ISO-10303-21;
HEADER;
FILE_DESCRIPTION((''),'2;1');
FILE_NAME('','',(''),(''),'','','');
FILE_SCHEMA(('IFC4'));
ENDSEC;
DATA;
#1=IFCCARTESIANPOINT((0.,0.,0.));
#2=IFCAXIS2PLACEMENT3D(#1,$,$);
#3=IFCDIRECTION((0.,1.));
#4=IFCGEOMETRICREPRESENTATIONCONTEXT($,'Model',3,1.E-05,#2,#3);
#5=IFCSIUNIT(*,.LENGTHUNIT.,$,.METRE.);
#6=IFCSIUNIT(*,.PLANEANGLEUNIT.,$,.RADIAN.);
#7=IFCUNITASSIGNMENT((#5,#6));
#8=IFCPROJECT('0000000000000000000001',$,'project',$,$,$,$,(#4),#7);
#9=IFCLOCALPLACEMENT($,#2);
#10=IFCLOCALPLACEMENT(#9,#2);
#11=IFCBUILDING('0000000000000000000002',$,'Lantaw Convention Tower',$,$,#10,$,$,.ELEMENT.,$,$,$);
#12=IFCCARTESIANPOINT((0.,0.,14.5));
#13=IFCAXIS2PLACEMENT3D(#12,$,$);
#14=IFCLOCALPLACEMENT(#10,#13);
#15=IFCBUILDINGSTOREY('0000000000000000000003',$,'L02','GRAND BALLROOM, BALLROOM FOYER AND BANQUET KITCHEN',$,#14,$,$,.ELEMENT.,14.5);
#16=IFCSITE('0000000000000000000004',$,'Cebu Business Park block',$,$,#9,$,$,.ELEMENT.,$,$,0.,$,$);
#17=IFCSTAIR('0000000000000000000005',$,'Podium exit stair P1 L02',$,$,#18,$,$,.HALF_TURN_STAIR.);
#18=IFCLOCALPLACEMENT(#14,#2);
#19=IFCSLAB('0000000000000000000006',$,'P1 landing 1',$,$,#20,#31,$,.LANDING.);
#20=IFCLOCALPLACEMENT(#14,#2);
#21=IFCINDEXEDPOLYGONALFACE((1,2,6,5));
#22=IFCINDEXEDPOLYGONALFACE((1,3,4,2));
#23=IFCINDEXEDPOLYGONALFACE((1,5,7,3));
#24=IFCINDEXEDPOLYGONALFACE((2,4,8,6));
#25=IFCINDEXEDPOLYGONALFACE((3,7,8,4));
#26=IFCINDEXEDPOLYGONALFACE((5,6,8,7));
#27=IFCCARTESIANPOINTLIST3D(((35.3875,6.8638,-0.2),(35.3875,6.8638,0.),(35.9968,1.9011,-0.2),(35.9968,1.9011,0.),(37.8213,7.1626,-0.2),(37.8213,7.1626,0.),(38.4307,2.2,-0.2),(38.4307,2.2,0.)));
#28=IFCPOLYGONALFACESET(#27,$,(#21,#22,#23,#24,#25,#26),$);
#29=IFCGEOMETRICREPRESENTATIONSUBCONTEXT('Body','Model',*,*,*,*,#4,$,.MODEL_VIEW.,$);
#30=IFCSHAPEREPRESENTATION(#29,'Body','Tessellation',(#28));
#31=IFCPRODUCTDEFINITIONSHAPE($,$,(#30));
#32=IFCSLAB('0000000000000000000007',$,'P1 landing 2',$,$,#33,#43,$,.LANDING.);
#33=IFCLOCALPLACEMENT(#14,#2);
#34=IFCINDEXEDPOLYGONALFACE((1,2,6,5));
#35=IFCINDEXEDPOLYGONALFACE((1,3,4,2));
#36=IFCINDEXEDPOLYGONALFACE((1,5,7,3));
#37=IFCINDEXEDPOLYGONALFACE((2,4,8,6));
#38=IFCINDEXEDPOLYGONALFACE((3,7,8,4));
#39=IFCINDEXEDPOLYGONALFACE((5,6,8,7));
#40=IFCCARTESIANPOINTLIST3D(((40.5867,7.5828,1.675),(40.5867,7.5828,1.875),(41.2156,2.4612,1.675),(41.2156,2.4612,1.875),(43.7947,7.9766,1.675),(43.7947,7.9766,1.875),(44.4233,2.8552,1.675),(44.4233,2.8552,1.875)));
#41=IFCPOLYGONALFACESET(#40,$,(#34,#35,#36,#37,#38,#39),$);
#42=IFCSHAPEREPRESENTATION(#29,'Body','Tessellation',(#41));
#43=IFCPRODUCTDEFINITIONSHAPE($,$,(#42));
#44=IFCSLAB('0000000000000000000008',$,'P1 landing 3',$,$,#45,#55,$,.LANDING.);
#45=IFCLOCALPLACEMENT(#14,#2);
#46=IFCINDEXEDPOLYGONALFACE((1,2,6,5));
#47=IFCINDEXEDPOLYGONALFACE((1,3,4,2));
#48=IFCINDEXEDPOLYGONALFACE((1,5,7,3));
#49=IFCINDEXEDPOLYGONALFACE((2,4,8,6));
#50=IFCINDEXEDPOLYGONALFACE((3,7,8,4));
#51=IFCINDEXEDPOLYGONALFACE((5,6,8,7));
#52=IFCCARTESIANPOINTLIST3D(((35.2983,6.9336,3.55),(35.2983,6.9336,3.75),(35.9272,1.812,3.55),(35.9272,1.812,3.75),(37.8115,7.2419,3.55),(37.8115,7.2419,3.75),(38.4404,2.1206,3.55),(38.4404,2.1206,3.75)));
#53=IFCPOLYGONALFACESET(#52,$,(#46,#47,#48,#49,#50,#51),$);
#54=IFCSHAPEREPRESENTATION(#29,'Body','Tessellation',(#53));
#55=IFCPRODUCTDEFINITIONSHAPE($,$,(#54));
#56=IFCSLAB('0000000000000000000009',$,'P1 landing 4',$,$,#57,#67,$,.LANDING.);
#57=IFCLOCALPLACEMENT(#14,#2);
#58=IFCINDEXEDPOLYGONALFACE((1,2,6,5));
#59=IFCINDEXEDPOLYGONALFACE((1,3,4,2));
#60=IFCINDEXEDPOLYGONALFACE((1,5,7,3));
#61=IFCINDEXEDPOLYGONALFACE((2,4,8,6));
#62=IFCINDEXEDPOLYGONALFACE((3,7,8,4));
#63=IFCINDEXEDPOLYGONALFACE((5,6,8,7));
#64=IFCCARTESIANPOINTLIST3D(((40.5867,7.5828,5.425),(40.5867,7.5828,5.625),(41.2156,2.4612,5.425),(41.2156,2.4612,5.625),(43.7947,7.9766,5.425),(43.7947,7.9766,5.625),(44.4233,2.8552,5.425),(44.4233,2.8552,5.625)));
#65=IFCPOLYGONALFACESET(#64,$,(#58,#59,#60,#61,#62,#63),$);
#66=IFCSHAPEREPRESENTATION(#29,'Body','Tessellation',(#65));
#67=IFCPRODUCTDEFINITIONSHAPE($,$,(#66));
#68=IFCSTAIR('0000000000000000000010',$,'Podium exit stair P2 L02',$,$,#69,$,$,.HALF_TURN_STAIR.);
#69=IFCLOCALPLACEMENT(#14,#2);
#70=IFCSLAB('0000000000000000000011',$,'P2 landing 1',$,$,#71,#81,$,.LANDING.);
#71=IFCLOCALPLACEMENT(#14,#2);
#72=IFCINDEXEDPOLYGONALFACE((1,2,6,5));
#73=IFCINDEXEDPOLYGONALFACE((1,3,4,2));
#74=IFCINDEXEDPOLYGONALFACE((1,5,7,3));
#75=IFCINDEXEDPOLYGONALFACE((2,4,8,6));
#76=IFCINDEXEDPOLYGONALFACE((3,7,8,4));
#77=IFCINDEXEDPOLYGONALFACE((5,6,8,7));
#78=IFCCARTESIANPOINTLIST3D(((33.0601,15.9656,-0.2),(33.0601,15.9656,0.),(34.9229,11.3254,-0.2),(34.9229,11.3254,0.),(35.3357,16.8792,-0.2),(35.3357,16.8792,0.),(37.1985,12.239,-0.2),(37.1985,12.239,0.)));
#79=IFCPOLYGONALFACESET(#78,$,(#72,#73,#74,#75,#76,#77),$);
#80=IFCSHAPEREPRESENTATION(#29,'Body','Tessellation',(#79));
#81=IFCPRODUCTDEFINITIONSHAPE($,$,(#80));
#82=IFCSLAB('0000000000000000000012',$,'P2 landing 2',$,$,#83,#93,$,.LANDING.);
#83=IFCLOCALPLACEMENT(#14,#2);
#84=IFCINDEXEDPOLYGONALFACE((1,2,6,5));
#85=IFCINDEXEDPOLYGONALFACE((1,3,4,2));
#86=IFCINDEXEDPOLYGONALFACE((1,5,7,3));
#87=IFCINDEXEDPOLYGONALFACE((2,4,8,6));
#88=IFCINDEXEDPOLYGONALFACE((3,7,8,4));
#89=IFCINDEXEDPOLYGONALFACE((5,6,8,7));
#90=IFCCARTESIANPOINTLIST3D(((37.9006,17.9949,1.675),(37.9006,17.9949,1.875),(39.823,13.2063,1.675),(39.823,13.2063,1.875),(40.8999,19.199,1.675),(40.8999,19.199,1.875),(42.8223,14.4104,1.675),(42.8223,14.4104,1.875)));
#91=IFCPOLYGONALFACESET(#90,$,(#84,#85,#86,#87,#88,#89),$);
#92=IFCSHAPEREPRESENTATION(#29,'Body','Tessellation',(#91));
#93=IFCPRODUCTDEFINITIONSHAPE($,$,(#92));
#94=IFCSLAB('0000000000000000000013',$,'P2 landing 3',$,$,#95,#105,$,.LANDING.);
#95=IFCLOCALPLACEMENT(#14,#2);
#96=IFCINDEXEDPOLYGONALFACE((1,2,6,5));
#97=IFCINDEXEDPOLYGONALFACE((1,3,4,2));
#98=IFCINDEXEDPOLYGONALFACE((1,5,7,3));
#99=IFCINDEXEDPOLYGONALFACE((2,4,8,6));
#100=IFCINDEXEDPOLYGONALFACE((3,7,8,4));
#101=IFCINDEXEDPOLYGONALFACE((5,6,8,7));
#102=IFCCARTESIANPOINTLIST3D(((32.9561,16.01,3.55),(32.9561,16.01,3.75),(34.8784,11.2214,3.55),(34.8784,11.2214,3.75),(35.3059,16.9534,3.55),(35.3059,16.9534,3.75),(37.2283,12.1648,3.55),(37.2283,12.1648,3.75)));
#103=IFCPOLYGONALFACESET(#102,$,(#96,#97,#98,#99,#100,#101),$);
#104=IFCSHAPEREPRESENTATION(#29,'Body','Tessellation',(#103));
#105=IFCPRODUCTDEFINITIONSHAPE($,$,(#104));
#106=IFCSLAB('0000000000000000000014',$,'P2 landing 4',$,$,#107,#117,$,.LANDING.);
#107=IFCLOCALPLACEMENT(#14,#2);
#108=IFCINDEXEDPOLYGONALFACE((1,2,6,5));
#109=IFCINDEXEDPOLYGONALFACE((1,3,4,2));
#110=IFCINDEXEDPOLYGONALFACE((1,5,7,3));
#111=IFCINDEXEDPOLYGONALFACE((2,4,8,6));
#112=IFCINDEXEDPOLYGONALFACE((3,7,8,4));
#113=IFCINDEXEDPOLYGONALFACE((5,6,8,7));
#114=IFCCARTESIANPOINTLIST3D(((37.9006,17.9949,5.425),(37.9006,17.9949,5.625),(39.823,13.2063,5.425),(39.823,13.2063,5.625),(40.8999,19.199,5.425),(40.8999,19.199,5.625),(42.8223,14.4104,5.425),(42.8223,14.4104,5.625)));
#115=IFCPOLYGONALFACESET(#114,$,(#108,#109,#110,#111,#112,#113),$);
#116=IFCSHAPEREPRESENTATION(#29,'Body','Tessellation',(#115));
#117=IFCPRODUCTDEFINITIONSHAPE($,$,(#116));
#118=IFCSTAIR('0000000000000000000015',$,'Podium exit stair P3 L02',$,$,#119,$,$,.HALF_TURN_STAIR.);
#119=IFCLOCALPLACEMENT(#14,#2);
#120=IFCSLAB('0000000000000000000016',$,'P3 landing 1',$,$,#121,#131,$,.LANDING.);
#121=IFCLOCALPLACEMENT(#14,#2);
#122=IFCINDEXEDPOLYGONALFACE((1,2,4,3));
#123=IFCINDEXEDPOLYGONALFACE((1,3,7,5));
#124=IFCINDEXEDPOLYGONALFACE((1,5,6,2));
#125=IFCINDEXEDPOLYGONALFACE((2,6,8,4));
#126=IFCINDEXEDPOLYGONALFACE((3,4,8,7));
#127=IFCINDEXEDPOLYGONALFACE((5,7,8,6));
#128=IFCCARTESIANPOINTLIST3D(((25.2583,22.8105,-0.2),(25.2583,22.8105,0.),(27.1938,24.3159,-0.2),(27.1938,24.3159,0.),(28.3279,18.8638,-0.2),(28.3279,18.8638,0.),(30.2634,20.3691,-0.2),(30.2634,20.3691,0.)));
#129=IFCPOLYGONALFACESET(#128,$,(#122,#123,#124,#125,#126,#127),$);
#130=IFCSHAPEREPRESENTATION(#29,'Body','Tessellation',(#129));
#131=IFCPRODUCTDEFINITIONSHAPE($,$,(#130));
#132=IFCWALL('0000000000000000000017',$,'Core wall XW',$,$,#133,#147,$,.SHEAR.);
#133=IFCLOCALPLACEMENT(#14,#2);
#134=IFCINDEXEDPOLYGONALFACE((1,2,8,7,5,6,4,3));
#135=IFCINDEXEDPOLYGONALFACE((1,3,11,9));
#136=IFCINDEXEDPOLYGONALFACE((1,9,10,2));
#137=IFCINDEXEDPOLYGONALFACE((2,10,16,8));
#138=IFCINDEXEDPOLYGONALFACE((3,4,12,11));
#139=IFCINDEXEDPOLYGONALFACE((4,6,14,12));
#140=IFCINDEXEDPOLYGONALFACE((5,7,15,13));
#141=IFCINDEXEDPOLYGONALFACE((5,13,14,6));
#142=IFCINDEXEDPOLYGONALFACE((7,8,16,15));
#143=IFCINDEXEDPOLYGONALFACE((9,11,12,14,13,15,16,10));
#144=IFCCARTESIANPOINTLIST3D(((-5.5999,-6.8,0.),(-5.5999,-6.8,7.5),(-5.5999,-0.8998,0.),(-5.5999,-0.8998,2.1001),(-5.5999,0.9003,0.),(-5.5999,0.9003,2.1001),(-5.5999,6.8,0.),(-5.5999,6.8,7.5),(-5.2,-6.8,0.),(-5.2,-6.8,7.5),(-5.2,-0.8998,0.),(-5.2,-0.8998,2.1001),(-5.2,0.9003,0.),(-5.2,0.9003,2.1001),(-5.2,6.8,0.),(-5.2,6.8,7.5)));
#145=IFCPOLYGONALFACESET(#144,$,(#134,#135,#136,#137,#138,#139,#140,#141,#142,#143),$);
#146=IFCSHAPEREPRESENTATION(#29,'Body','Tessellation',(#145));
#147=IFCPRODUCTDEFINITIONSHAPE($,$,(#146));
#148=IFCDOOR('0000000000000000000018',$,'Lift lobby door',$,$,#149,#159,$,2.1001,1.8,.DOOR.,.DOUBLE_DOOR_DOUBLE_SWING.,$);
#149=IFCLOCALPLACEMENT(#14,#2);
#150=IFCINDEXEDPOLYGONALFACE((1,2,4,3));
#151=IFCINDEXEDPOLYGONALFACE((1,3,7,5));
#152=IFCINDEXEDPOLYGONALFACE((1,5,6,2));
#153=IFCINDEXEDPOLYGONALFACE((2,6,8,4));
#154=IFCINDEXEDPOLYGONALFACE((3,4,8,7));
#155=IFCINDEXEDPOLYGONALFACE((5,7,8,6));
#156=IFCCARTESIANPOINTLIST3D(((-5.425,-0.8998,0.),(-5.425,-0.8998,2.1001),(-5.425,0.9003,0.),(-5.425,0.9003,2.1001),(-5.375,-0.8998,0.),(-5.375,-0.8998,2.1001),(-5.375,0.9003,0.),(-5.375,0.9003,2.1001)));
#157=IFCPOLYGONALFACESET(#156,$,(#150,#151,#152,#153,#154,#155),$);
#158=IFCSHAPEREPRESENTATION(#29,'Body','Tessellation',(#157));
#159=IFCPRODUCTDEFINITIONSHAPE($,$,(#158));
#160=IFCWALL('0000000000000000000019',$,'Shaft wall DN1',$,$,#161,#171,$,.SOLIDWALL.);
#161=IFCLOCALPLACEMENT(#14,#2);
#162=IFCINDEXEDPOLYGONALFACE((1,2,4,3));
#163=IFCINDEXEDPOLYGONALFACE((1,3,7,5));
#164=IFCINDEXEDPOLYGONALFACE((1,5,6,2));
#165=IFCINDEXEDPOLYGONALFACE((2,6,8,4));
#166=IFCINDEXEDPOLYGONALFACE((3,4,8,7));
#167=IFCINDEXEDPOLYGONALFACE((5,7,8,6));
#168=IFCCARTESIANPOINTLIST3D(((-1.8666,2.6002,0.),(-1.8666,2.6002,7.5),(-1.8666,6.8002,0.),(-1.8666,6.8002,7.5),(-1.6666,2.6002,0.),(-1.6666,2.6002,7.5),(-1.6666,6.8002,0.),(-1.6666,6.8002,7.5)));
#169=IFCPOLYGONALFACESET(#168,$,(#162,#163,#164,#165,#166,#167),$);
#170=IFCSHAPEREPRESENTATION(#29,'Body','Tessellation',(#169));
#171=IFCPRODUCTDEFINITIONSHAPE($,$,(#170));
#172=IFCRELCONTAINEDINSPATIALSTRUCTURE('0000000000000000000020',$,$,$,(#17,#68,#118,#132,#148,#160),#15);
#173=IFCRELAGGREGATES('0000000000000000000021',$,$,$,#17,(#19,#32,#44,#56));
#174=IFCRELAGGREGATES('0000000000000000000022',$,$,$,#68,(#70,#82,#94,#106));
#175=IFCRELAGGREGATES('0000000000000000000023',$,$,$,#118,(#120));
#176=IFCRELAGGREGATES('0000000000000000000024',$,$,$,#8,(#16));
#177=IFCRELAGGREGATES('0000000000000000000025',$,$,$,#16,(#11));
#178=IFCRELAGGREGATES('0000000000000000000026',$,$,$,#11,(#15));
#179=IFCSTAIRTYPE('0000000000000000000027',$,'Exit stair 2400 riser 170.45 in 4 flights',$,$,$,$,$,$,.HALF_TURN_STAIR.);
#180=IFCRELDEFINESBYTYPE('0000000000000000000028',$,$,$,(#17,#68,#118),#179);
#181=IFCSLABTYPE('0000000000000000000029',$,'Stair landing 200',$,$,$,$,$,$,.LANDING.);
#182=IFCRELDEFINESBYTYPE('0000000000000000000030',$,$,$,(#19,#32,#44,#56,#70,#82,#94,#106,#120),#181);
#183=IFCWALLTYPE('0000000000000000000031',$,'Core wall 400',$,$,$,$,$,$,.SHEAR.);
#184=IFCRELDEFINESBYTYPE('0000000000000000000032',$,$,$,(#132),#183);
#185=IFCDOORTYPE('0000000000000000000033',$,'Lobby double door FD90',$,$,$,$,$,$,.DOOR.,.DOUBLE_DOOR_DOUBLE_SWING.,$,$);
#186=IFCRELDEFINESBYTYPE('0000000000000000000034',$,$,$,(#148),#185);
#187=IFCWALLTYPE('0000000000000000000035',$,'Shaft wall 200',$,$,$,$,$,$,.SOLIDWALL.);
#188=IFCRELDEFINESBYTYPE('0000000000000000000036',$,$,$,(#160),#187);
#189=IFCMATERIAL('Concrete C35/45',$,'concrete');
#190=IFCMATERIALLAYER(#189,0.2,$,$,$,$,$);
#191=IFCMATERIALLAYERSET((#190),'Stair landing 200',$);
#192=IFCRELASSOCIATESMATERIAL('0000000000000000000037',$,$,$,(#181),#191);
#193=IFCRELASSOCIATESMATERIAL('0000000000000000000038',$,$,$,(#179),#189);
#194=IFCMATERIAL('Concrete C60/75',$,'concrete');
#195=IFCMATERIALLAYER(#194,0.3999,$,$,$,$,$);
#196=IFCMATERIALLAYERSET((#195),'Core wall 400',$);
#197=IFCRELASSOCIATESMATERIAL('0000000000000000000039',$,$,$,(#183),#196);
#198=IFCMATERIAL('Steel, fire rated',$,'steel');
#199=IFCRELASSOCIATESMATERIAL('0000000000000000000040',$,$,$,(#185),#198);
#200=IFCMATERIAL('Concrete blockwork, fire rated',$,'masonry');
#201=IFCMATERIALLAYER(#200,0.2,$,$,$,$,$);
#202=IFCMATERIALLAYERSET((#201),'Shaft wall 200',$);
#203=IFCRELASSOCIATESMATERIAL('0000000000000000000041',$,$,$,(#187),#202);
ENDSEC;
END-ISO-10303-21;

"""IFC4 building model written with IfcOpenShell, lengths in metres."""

from ifc_helpers import new_model, si_unit, direction, frame, frame_2d, origin, place, context, subcontext, project, spatial, polyline, rectangle, outline, extrude, material, layer, layer_set, type_object, element, fill, aggregate, save


model = new_model("IFC4")

# Units and contexts
model_context = context("Model", 3, precision=1e-05, world=origin(), true_north=direction((0.0, 1.0)))
body_context = subcontext(model_context, "Body", "Model", "MODEL_VIEW")
ifc_project = project(units=[si_unit("LENGTHUNIT", "METRE"), si_unit("PLANEANGLEUNIT", "RADIAN")], contexts=[model_context])

# Site, building, storey
site_placement = place(None, origin())
site = spatial("IfcSite", under=ifc_project, at=site_placement, Name="Cebu Business Park block", CompositionType="ELEMENT", RefElevation=0.0)
building_placement = place(site_placement, origin())
building = spatial("IfcBuilding", under=site, at=building_placement, Name="Lantaw Convention Tower", CompositionType="ELEMENT")
storey_placement = place(building_placement, frame((0.0, 0.0, 14.5)))
storey = spatial("IfcBuildingStorey", under=building, at=storey_placement, Name="L02", Description="GRAND BALLROOM, BALLROOM FOYER AND BANQUET KITCHEN", CompositionType="ELEMENT", Elevation=14.5)

# Stairs, slabs
ifc_material_1 = material(Name="Concrete C35/45", Category="concrete")
ifc_layer_1 = layer(ifc_material_1, 0.2)
ifc_layer_set_1 = layer_set([ifc_layer_1], Name="Stair landing 200")
slab_type = type_object("IfcSlabType", Name="Stair landing 200", PredefinedType="LANDING", material=ifc_layer_set_1)
stair_type_1 = type_object("IfcStairType", Name="Exit stair 2400 riser 170.45 in 4 flights", PredefinedType="HALF_TURN_STAIR", material=ifc_material_1)
stair_1_placement = place(storey_placement, origin())
stair_1 = element("IfcStair", 1, at=stair_1_placement, inside=storey, type_object=stair_type_1, Name="Podium exit stair P1 L02", PredefinedType="HALF_TURN_STAIR")
slab_1_placement = place(storey_placement, frame((0.0, 0.0, -0.2)))
slab_1 = element("IfcSlab", 2, at=slab_1_placement, type_object=slab_type, Name="P1 landing 1", PredefinedType="LANDING", context=body_context, shape_type="SweptSolid", body=[
    extrude(outline(polyline([(35.9968, 1.9011), (38.4307, 2.2), (37.8213, 7.1626), (35.3875, 6.8638), (35.9968, 1.9011)])), origin(), (0.0, 0.0, 1.0), 0.2),
])
slab_2_placement = place(storey_placement, frame((0.0, 0.0, 1.675)))
slab_2 = element("IfcSlab", 3, at=slab_2_placement, type_object=slab_type, Name="P1 landing 2", PredefinedType="LANDING", context=body_context, shape_type="SweptSolid", body=[
    extrude(outline(polyline([(41.2156, 2.4612), (44.4233, 2.8552), (43.7947, 7.9766), (40.5867, 7.5828), (41.2156, 2.4612)])), origin(), (0.0, 0.0, 1.0), 0.2),
])
slab_3_placement = place(storey_placement, frame((0.0, 0.0, 3.55)))
slab_3 = element("IfcSlab", 4, at=slab_3_placement, type_object=slab_type, Name="P1 landing 3", PredefinedType="LANDING", context=body_context, shape_type="SweptSolid", body=[
    extrude(outline(polyline([(35.9272, 1.812), (38.4404, 2.1206), (37.8115, 7.2419), (35.2983, 6.9336), (35.9272, 1.812)])), origin(), (0.0, 0.0, 1.0), 0.2),
])
slab_4_placement = place(storey_placement, frame((0.0, 0.0, 5.425)))
slab_4 = element("IfcSlab", 5, at=slab_4_placement, type_object=slab_type, Name="P1 landing 4", PredefinedType="LANDING", context=body_context, shape_type="SweptSolid", body=[
    extrude(outline(polyline([(41.2156, 2.4612), (44.4233, 2.8552), (43.7947, 7.9766), (40.5867, 7.5828), (41.2156, 2.4612)])), origin(), (0.0, 0.0, 1.0), 0.2),
])
aggregate(stair_1, [slab_1, slab_2, slab_3, slab_4])
stair_2_placement = place(storey_placement, origin())
stair_2 = element("IfcStair", 6, at=stair_2_placement, inside=storey, type_object=stair_type_1, Name="Podium exit stair P2 L02", PredefinedType="HALF_TURN_STAIR")
slab_5_placement = place(storey_placement, frame((0.0, 0.0, -0.2)))
slab_5 = element("IfcSlab", 7, at=slab_5_placement, type_object=slab_type, Name="P2 landing 1", PredefinedType="LANDING", context=body_context, shape_type="SweptSolid", body=[
    extrude(outline(polyline([(34.9229, 11.3254), (37.1985, 12.239), (35.3357, 16.8792), (33.0601, 15.9656), (34.9229, 11.3254)])), origin(), (0.0, 0.0, 1.0), 0.2),
])
slab_6_placement = place(storey_placement, frame((0.0, 0.0, 1.675)))
slab_6 = element("IfcSlab", 8, at=slab_6_placement, type_object=slab_type, Name="P2 landing 2", PredefinedType="LANDING", context=body_context, shape_type="SweptSolid", body=[
    extrude(outline(polyline([(39.823, 13.2063), (42.8223, 14.4104), (40.8999, 19.199), (37.9006, 17.9949), (39.823, 13.2063)])), origin(), (0.0, 0.0, 1.0), 0.2),
])
slab_7_placement = place(storey_placement, frame((0.0, 0.0, 3.55)))
slab_7 = element("IfcSlab", 9, at=slab_7_placement, type_object=slab_type, Name="P2 landing 3", PredefinedType="LANDING", context=body_context, shape_type="SweptSolid", body=[
    extrude(outline(polyline([(34.8784, 11.2214), (37.2283, 12.1648), (35.3059, 16.9534), (32.9561, 16.01), (34.8784, 11.2214)])), origin(), (0.0, 0.0, 1.0), 0.2),
])
slab_8_placement = place(storey_placement, frame((0.0, 0.0, 5.425)))
slab_8 = element("IfcSlab", 10, at=slab_8_placement, type_object=slab_type, Name="P2 landing 4", PredefinedType="LANDING", context=body_context, shape_type="SweptSolid", body=[
    extrude(outline(polyline([(39.823, 13.2063), (42.8223, 14.4104), (40.8999, 19.199), (37.9006, 17.9949), (39.823, 13.2063)])), origin(), (0.0, 0.0, 1.0), 0.2),
])
aggregate(stair_2, [slab_5, slab_6, slab_7, slab_8])

# Stair, slab
stair_3_placement = place(storey_placement, origin())
stair_3 = element("IfcStair", 11, at=stair_3_placement, inside=storey, type_object=stair_type_1, Name="Podium exit stair P3 L02", PredefinedType="HALF_TURN_STAIR")
slab_9_placement = place(storey_placement, frame((0.0, 0.0, -0.2)))
slab_9 = element("IfcSlab", 12, at=slab_9_placement, type_object=slab_type, Name="P3 landing 1", PredefinedType="LANDING", context=body_context, shape_type="SweptSolid", body=[
    extrude(outline(polyline([(28.3279, 18.8638), (30.2634, 20.3691), (27.1938, 24.3159), (25.2583, 22.8105), (28.3279, 18.8638)])), origin(), (0.0, 0.0, 1.0), 0.2),
])
aggregate(stair_3, [slab_9])

# Wall, opening, door
ifc_material_2 = material(Name="Concrete C60/75", Category="concrete")
ifc_layer_2 = layer(ifc_material_2, 0.3999)
ifc_layer_set_2 = layer_set([ifc_layer_2], Name="Core wall 400")
wall_type_1 = type_object("IfcWallType", Name="Core wall 400", PredefinedType="SHEAR", material=ifc_layer_set_2)
wall_1_placement = place(storey_placement, frame((-5.3999, 6.8, 0.0), z_axis=(0.0, 0.0, 1.0), x_axis=(0.0, -1.0, 0.0)))
wall_1 = element("IfcWall", 13, at=wall_1_placement, inside=storey, type_object=wall_type_1, Name="Core wall XW", PredefinedType="SHEAR", context=body_context, shape_type="SweptSolid", body=[
    extrude(rectangle(XDim=13.6001, YDim=0.3999, at=frame_2d((6.8, 0.0))), origin(), (0.0, 0.0, 1.0), 7.5),
])
opening_1_placement = place(wall_1_placement, frame((5.8999, 0.0, 0.0)))
opening_1 = element("IfcOpeningElement", 14, at=opening_1_placement, cuts=wall_1, PredefinedType="OPENING", context=body_context, shape_type="SweptSolid", body=[
    extrude(rectangle(XDim=1.8, YDim=2.1001, at=frame_2d((0.8999, 1.05))), frame((0.0, 0.21, 0.0), z_axis=(0.0, -1.0, 0.0), x_axis=(1.0, 0.0, 0.0)), (0.0, 0.0, 1.0), 0.4199),
])
ifc_material_3 = material(Name="Steel, fire rated", Category="steel")
door_type_1 = type_object("IfcDoorType", Name="Lobby double door FD90", OperationType="DOUBLE_DOOR_DOUBLE_SWING", PredefinedType="DOOR", material=ifc_material_3)
door_1_placement = place(opening_1_placement, origin())
door_1 = element("IfcDoor", 15, at=door_1_placement, inside=storey, type_object=door_type_1, Name="Lift lobby door", OperationType="DOUBLE_DOOR_DOUBLE_SWING", OverallHeight=2.1001, OverallWidth=1.8, PredefinedType="DOOR", context=body_context, shape_type="SweptSolid", body=[
    extrude(rectangle(XDim=1.8, YDim=2.1001, at=frame_2d((0.8999, 1.05))), frame((0.0, 0.0249, 0.0), z_axis=(0.0, -1.0, 0.0), x_axis=(1.0, 0.0, 0.0)), (0.0, 0.0, 1.0), 0.05),
])
fill(opening_1, door_1)

# Wall
ifc_material_4 = material(Name="Concrete blockwork, fire rated", Category="masonry")
ifc_layer_3 = layer(ifc_material_4, 0.2)
ifc_layer_set_3 = layer_set([ifc_layer_3], Name="Shaft wall 200")
wall_type_2 = type_object("IfcWallType", Name="Shaft wall 200", PredefinedType="SOLIDWALL", material=ifc_layer_set_3)
wall_2_placement = place(storey_placement, frame((-1.7666, 2.6001, 0.0), z_axis=(0.0, 0.0, 1.0), x_axis=(0.0, 1.0, 0.0)))
element("IfcWall", 16, at=wall_2_placement, inside=storey, type_object=wall_type_2, Name="Shaft wall DN1", PredefinedType="SOLIDWALL", context=body_context, shape_type="SweptSolid", body=[
    extrude(rectangle(XDim=4.2, YDim=0.2, at=frame_2d((2.1001, 0.0))), origin(), (0.0, 0.0, 1.0), 7.5),
])

save(model, "model.ifc")
